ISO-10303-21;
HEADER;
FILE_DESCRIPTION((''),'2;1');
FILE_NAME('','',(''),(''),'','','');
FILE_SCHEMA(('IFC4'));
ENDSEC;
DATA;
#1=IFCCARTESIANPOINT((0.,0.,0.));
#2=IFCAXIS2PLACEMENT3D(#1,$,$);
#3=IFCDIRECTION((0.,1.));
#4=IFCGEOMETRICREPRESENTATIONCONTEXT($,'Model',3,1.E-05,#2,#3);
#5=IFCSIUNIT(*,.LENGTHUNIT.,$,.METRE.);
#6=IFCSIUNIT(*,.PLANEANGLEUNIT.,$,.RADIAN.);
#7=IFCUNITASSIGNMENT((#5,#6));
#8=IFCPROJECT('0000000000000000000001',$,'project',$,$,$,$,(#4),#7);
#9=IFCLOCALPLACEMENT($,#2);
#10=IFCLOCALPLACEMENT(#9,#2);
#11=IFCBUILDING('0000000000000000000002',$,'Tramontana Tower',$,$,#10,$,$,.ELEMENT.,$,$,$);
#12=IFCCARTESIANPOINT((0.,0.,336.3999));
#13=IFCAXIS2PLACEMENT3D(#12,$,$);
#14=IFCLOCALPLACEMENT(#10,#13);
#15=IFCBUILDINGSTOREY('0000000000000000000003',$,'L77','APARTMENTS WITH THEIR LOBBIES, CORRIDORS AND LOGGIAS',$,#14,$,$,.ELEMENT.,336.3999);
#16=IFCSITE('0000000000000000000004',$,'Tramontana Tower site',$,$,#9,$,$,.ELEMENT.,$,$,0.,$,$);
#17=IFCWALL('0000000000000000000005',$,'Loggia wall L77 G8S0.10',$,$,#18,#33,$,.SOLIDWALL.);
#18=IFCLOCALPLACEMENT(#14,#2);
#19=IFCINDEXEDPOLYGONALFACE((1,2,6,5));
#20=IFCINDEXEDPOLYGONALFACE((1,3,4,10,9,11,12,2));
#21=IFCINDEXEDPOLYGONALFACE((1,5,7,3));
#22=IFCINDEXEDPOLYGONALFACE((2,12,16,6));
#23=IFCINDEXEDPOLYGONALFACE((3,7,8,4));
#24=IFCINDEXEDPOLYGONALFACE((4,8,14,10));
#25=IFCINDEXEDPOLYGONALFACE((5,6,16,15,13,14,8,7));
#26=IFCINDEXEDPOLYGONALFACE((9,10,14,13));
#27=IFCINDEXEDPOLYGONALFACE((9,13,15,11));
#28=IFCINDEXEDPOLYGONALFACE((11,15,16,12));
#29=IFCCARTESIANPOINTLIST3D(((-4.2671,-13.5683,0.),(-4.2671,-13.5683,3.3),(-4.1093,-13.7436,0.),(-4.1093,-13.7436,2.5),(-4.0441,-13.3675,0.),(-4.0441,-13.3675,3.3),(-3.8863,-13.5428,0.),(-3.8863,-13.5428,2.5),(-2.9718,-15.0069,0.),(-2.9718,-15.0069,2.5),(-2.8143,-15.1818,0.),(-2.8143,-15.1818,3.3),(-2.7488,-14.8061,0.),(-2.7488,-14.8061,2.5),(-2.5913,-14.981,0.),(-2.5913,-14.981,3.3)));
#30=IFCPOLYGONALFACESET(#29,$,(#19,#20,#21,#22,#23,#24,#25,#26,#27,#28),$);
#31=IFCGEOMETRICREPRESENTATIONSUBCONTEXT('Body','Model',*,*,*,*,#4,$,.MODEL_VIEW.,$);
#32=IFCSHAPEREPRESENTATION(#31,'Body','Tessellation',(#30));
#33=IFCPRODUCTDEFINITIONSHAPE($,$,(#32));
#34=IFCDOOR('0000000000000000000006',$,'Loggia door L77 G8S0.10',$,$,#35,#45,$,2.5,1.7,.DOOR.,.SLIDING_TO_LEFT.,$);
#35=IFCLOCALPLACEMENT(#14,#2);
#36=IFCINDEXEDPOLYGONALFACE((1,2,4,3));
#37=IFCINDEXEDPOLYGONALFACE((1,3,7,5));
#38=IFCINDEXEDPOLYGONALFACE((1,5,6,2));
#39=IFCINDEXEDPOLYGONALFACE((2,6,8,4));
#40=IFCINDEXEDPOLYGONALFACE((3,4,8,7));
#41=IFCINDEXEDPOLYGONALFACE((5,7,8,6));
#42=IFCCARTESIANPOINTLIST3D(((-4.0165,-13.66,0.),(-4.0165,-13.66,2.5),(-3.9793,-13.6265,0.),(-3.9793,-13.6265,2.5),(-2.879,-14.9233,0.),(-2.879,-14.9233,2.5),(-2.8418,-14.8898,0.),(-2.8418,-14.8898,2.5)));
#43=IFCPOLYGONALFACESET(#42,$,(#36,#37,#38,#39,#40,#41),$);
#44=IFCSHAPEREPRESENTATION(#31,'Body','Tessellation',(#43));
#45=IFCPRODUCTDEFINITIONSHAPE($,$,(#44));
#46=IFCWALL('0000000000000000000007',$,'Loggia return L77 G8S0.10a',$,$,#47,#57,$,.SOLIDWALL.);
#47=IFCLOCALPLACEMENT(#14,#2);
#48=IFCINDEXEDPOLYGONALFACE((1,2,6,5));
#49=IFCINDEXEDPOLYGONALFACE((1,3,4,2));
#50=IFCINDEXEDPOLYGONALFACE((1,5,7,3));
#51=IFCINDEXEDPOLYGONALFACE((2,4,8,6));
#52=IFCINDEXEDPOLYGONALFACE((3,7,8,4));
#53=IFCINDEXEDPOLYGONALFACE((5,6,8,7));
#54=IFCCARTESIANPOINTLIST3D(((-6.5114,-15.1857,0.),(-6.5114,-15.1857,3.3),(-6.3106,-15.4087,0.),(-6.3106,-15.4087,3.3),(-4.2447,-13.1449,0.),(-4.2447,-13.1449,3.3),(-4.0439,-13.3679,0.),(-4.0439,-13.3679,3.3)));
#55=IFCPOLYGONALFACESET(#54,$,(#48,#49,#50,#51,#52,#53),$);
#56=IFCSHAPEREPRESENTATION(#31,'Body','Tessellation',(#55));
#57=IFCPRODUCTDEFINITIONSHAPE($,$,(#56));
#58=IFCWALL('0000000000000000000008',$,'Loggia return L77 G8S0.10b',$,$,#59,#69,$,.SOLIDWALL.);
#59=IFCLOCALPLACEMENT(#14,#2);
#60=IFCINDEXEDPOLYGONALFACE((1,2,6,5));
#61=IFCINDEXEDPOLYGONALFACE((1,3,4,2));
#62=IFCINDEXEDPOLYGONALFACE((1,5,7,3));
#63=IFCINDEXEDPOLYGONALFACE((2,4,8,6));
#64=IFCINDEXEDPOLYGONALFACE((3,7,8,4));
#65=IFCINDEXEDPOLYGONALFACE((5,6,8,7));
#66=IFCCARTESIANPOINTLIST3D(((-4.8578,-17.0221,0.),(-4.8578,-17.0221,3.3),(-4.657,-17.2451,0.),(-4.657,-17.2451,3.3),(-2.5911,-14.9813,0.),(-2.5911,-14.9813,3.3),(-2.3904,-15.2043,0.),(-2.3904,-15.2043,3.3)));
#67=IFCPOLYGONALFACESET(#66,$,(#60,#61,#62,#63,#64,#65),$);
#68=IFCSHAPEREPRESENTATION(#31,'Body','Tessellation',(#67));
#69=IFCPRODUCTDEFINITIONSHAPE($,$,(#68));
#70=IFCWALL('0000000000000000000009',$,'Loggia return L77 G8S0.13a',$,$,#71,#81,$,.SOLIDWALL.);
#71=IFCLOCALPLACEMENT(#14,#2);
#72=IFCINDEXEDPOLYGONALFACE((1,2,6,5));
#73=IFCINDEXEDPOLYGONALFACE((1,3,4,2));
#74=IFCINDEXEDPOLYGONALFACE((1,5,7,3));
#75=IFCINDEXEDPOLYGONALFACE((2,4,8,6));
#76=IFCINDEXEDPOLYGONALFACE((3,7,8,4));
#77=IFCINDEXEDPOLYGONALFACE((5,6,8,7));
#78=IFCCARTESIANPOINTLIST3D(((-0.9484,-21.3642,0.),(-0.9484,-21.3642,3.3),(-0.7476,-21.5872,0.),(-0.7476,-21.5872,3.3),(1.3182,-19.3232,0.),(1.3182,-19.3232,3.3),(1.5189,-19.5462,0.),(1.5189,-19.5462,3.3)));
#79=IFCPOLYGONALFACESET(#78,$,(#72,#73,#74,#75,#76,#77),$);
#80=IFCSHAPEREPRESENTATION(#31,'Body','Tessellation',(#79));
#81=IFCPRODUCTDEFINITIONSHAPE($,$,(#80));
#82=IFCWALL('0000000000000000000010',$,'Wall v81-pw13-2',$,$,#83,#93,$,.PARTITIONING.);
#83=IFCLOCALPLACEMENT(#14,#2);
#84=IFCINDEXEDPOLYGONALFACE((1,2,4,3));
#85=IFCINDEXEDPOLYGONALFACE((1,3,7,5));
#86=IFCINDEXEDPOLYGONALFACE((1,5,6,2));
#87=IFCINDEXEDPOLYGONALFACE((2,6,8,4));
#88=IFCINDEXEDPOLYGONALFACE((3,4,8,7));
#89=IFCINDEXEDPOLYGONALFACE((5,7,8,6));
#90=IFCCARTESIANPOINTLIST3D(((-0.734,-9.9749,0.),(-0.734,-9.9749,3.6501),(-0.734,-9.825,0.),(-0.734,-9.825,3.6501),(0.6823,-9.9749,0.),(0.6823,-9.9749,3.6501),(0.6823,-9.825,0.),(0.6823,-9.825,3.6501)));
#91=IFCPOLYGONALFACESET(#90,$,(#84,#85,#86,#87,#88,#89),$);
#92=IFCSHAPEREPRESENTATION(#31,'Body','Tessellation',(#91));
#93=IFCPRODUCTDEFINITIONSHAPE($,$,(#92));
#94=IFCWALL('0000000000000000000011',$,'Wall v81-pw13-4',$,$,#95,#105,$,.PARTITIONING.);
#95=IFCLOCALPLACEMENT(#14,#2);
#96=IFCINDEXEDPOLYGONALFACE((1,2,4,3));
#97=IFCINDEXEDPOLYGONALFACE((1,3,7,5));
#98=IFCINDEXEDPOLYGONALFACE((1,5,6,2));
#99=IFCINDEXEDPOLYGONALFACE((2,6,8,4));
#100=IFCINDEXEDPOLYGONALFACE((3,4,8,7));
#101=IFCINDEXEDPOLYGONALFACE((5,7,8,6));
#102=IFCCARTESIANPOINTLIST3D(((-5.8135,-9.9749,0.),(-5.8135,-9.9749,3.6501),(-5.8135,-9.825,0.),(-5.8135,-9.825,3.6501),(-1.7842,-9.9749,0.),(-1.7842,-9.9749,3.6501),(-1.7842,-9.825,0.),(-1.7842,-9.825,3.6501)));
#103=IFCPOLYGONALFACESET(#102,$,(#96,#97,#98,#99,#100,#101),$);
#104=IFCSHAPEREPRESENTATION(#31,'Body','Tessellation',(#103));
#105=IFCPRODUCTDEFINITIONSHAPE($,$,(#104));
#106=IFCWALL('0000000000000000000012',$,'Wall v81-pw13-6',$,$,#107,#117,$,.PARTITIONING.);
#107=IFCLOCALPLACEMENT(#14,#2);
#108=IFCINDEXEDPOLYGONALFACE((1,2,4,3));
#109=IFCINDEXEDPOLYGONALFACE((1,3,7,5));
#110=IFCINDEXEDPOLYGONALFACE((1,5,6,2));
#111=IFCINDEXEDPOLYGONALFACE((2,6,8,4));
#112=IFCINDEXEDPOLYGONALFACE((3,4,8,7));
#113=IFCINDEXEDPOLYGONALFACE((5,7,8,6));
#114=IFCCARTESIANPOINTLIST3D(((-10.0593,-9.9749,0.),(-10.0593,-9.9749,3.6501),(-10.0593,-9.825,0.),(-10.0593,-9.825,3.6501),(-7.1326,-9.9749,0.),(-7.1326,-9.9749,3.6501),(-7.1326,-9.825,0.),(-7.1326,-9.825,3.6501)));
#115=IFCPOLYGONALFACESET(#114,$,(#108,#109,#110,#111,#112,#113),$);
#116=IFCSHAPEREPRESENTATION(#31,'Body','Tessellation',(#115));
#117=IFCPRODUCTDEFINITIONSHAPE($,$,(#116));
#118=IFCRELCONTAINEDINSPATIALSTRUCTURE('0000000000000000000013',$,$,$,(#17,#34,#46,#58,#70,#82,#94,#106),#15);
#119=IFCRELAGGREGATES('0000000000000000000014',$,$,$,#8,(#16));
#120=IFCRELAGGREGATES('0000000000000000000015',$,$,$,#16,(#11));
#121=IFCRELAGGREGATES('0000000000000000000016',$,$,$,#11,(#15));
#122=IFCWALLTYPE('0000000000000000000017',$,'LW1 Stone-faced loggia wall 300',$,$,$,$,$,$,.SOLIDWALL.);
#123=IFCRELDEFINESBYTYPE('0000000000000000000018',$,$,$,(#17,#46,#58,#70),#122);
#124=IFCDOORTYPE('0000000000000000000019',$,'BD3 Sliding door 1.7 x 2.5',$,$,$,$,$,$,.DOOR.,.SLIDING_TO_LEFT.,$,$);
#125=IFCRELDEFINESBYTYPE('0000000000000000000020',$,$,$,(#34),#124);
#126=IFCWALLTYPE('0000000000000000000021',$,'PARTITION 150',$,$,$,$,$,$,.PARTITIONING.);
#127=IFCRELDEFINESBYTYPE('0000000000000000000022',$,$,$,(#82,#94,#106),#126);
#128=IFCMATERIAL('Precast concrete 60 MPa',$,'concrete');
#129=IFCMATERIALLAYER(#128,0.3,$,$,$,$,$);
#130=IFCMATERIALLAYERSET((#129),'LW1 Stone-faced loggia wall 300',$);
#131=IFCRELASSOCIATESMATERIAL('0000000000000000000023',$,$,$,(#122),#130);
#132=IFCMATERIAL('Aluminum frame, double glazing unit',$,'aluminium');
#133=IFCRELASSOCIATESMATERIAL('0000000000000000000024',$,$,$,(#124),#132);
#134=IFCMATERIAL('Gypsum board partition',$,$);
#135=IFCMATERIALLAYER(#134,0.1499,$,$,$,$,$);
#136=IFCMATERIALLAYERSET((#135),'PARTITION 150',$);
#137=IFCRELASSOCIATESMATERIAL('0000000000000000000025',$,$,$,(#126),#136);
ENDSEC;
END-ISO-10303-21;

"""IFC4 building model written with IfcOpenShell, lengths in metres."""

from ifc_helpers import new_model, si_unit, direction, frame, frame_2d, origin, place, context, subcontext, project, spatial, rectangle, extrude, material, layer, layer_set, type_object, element, fill, save


model = new_model("IFC4")

# Units and contexts
model_context = context("Model", 3, precision=1e-05, world=origin(), true_north=direction((0.0, 1.0)))
body_context = subcontext(model_context, "Body", "Model", "MODEL_VIEW")
ifc_project = project(units=[si_unit("LENGTHUNIT", "METRE"), si_unit("PLANEANGLEUNIT", "RADIAN")], contexts=[model_context])

# Site, building, storey
site_placement = place(None, origin())
site = spatial("IfcSite", under=ifc_project, at=site_placement, Name="Tramontana Tower site", CompositionType="ELEMENT", RefElevation=0.0)
building_placement = place(site_placement, origin())
building = spatial("IfcBuilding", under=site, at=building_placement, Name="Tramontana Tower", CompositionType="ELEMENT")
storey_placement = place(building_placement, frame((0.0, 0.0, 336.3999)))
storey = spatial("IfcBuildingStorey", under=building, at=storey_placement, Name="L77", Description="APARTMENTS WITH THEIR LOBBIES, CORRIDORS AND LOGGIAS", CompositionType="ELEMENT", Elevation=336.3999)

# Wall, opening, door
ifc_material_1 = material(Name="Precast concrete 60 MPa", Category="concrete")
ifc_layer_1 = layer(ifc_material_1, 0.3)
ifc_layer_set_1 = layer_set([ifc_layer_1], Name="LW1 Stone-faced loggia wall 300")
wall_type_1 = type_object("IfcWallType", Name="LW1 Stone-faced loggia wall 300", PredefinedType="SOLIDWALL", material=ifc_layer_set_1)
wall_1_placement = place(storey_placement, frame((-4.1555, -13.468, 0.0), z_axis=(0.0, 0.0, 1.0), x_axis=(0.669145, -0.743132, 0.0)))
wall_1 = element("IfcWall", 1, at=wall_1_placement, inside=storey, type_object=wall_type_1, Name="Loggia wall L77 G8S0.10", PredefinedType="SOLIDWALL", context=body_context, shape_type="SweptSolid", body=[
    extrude(rectangle(XDim=2.1711, YDim=0.3, at=frame_2d((1.0854, 0.0))), origin(), (0.0, 0.0, 1.0), 3.3),
])
opening_1_placement = place(wall_1_placement, frame((0.2356, 0.0, 0.0)))
opening_1 = element("IfcOpeningElement", 2, at=opening_1_placement, cuts=wall_1, PredefinedType="OPENING", context=body_context, shape_type="SweptSolid", body=[
    extrude(rectangle(XDim=1.7, YDim=2.5, at=frame_2d((0.8501, 1.25))), frame((0.0, 0.1599, 0.0), z_axis=(0.0, -1.0, 0.0), x_axis=(1.0, 0.0, 0.0)), (0.0, 0.0, 1.0), 0.3201),
])
ifc_material_2 = material(Name="Aluminum frame, double glazing unit", Category="aluminium")
door_type_1 = type_object("IfcDoorType", Name="BD3 Sliding door 1.7 x 2.5", OperationType="SLIDING_TO_LEFT", PredefinedType="DOOR", material=ifc_material_2)
door_1_placement = place(opening_1_placement, origin())
door_1 = element("IfcDoor", 3, at=door_1_placement, inside=storey, type_object=door_type_1, Name="Loggia door L77 G8S0.10", OperationType="SLIDING_TO_LEFT", OverallHeight=2.5, OverallWidth=1.7, PredefinedType="DOOR", context=body_context, shape_type="SweptSolid", body=[
    extrude(rectangle(XDim=1.7, YDim=2.5, at=frame_2d((0.8501, 1.25))), frame((0.0, 0.0249, 0.0), z_axis=(0.0, -1.0, 0.0), x_axis=(1.0, 0.0, 0.0)), (0.0, 0.0, 1.0), 0.05),
])
fill(opening_1, door_1)

# Walls
for number, where, z_axis, x_axis, name in (
    (4, (-6.4109, -15.2971, 0.0), (0.0, 0.0, 1.0), (0.743159, 0.669115, 0.0), "Loggia return L77 G8S0.10a"),
    (5, (-4.7573, -17.1335, 0.0), (0.0, 0.0, 1.0), (0.743159, 0.669115, 0.0), "Loggia return L77 G8S0.10b"),
    (6, (-0.8479, -21.4756, 0.0), (0.0, 0.0, 1.0), (0.743119, 0.669159, 0.0), "Loggia return L77 G8S0.13a"),
):
    element("IfcWall", number, at=place(storey_placement, frame(where, z_axis=z_axis, x_axis=x_axis)), inside=storey, type_object=wall_type_1, Name=name, PredefinedType="SOLIDWALL", context=body_context, shape_type="SweptSolid", body=[
        extrude(rectangle(XDim=3.05, YDim=0.3, at=frame_2d((1.5249, 0.0))), origin(), (0.0, 0.0, 1.0), 3.3),
    ])
ifc_material_3 = material(Name="Gypsum board partition")
ifc_layer_2 = layer(ifc_material_3, 0.1499)
ifc_layer_set_2 = layer_set([ifc_layer_2], Name="PARTITION 150")
wall_type_2 = type_object("IfcWallType", Name="PARTITION 150", PredefinedType="PARTITIONING", material=ifc_layer_set_2)
wall_2_placement = place(storey_placement, frame((0.6821, -9.8999, 0.0), z_axis=(0.0, 0.0, 1.0), x_axis=(-1.0, 0.0, 0.0)))
element("IfcWall", 7, at=wall_2_placement, inside=storey, type_object=wall_type_2, Name="Wall v81-pw13-2", PredefinedType="PARTITIONING", context=body_context, shape_type="SweptSolid", body=[
    extrude(rectangle(XDim=1.4163, YDim=0.1499, at=frame_2d((0.708, 0.0))), origin(), (0.0, 0.0, 1.0), 3.6501),
])

# Wall
wall_3_placement = place(storey_placement, frame((-1.7842, -9.8999, 0.0), z_axis=(0.0, 0.0, 1.0), x_axis=(-1.0, 0.0, 0.0)))
element("IfcWall", 8, at=wall_3_placement, inside=storey, type_object=wall_type_2, Name="Wall v81-pw13-4", PredefinedType="PARTITIONING", context=body_context, shape_type="SweptSolid", body=[
    extrude(rectangle(XDim=4.0293, YDim=0.1499, at=frame_2d((2.0146, 0.0))), origin(), (0.0, 0.0, 1.0), 3.6501),
])

# Wall
wall_4_placement = place(storey_placement, frame((-7.1326, -9.8999, 0.0), z_axis=(0.0, 0.0, 1.0), x_axis=(-1.0, 0.0, 0.0)))
element("IfcWall", 9, at=wall_4_placement, inside=storey, type_object=wall_type_2, Name="Wall v81-pw13-6", PredefinedType="PARTITIONING", context=body_context, shape_type="SweptSolid", body=[
    extrude(rectangle(XDim=2.9268, YDim=0.1499, at=frame_2d((1.4634, 0.0))), origin(), (0.0, 0.0, 1.0), 3.6501),
])

save(model, "model.ifc")
